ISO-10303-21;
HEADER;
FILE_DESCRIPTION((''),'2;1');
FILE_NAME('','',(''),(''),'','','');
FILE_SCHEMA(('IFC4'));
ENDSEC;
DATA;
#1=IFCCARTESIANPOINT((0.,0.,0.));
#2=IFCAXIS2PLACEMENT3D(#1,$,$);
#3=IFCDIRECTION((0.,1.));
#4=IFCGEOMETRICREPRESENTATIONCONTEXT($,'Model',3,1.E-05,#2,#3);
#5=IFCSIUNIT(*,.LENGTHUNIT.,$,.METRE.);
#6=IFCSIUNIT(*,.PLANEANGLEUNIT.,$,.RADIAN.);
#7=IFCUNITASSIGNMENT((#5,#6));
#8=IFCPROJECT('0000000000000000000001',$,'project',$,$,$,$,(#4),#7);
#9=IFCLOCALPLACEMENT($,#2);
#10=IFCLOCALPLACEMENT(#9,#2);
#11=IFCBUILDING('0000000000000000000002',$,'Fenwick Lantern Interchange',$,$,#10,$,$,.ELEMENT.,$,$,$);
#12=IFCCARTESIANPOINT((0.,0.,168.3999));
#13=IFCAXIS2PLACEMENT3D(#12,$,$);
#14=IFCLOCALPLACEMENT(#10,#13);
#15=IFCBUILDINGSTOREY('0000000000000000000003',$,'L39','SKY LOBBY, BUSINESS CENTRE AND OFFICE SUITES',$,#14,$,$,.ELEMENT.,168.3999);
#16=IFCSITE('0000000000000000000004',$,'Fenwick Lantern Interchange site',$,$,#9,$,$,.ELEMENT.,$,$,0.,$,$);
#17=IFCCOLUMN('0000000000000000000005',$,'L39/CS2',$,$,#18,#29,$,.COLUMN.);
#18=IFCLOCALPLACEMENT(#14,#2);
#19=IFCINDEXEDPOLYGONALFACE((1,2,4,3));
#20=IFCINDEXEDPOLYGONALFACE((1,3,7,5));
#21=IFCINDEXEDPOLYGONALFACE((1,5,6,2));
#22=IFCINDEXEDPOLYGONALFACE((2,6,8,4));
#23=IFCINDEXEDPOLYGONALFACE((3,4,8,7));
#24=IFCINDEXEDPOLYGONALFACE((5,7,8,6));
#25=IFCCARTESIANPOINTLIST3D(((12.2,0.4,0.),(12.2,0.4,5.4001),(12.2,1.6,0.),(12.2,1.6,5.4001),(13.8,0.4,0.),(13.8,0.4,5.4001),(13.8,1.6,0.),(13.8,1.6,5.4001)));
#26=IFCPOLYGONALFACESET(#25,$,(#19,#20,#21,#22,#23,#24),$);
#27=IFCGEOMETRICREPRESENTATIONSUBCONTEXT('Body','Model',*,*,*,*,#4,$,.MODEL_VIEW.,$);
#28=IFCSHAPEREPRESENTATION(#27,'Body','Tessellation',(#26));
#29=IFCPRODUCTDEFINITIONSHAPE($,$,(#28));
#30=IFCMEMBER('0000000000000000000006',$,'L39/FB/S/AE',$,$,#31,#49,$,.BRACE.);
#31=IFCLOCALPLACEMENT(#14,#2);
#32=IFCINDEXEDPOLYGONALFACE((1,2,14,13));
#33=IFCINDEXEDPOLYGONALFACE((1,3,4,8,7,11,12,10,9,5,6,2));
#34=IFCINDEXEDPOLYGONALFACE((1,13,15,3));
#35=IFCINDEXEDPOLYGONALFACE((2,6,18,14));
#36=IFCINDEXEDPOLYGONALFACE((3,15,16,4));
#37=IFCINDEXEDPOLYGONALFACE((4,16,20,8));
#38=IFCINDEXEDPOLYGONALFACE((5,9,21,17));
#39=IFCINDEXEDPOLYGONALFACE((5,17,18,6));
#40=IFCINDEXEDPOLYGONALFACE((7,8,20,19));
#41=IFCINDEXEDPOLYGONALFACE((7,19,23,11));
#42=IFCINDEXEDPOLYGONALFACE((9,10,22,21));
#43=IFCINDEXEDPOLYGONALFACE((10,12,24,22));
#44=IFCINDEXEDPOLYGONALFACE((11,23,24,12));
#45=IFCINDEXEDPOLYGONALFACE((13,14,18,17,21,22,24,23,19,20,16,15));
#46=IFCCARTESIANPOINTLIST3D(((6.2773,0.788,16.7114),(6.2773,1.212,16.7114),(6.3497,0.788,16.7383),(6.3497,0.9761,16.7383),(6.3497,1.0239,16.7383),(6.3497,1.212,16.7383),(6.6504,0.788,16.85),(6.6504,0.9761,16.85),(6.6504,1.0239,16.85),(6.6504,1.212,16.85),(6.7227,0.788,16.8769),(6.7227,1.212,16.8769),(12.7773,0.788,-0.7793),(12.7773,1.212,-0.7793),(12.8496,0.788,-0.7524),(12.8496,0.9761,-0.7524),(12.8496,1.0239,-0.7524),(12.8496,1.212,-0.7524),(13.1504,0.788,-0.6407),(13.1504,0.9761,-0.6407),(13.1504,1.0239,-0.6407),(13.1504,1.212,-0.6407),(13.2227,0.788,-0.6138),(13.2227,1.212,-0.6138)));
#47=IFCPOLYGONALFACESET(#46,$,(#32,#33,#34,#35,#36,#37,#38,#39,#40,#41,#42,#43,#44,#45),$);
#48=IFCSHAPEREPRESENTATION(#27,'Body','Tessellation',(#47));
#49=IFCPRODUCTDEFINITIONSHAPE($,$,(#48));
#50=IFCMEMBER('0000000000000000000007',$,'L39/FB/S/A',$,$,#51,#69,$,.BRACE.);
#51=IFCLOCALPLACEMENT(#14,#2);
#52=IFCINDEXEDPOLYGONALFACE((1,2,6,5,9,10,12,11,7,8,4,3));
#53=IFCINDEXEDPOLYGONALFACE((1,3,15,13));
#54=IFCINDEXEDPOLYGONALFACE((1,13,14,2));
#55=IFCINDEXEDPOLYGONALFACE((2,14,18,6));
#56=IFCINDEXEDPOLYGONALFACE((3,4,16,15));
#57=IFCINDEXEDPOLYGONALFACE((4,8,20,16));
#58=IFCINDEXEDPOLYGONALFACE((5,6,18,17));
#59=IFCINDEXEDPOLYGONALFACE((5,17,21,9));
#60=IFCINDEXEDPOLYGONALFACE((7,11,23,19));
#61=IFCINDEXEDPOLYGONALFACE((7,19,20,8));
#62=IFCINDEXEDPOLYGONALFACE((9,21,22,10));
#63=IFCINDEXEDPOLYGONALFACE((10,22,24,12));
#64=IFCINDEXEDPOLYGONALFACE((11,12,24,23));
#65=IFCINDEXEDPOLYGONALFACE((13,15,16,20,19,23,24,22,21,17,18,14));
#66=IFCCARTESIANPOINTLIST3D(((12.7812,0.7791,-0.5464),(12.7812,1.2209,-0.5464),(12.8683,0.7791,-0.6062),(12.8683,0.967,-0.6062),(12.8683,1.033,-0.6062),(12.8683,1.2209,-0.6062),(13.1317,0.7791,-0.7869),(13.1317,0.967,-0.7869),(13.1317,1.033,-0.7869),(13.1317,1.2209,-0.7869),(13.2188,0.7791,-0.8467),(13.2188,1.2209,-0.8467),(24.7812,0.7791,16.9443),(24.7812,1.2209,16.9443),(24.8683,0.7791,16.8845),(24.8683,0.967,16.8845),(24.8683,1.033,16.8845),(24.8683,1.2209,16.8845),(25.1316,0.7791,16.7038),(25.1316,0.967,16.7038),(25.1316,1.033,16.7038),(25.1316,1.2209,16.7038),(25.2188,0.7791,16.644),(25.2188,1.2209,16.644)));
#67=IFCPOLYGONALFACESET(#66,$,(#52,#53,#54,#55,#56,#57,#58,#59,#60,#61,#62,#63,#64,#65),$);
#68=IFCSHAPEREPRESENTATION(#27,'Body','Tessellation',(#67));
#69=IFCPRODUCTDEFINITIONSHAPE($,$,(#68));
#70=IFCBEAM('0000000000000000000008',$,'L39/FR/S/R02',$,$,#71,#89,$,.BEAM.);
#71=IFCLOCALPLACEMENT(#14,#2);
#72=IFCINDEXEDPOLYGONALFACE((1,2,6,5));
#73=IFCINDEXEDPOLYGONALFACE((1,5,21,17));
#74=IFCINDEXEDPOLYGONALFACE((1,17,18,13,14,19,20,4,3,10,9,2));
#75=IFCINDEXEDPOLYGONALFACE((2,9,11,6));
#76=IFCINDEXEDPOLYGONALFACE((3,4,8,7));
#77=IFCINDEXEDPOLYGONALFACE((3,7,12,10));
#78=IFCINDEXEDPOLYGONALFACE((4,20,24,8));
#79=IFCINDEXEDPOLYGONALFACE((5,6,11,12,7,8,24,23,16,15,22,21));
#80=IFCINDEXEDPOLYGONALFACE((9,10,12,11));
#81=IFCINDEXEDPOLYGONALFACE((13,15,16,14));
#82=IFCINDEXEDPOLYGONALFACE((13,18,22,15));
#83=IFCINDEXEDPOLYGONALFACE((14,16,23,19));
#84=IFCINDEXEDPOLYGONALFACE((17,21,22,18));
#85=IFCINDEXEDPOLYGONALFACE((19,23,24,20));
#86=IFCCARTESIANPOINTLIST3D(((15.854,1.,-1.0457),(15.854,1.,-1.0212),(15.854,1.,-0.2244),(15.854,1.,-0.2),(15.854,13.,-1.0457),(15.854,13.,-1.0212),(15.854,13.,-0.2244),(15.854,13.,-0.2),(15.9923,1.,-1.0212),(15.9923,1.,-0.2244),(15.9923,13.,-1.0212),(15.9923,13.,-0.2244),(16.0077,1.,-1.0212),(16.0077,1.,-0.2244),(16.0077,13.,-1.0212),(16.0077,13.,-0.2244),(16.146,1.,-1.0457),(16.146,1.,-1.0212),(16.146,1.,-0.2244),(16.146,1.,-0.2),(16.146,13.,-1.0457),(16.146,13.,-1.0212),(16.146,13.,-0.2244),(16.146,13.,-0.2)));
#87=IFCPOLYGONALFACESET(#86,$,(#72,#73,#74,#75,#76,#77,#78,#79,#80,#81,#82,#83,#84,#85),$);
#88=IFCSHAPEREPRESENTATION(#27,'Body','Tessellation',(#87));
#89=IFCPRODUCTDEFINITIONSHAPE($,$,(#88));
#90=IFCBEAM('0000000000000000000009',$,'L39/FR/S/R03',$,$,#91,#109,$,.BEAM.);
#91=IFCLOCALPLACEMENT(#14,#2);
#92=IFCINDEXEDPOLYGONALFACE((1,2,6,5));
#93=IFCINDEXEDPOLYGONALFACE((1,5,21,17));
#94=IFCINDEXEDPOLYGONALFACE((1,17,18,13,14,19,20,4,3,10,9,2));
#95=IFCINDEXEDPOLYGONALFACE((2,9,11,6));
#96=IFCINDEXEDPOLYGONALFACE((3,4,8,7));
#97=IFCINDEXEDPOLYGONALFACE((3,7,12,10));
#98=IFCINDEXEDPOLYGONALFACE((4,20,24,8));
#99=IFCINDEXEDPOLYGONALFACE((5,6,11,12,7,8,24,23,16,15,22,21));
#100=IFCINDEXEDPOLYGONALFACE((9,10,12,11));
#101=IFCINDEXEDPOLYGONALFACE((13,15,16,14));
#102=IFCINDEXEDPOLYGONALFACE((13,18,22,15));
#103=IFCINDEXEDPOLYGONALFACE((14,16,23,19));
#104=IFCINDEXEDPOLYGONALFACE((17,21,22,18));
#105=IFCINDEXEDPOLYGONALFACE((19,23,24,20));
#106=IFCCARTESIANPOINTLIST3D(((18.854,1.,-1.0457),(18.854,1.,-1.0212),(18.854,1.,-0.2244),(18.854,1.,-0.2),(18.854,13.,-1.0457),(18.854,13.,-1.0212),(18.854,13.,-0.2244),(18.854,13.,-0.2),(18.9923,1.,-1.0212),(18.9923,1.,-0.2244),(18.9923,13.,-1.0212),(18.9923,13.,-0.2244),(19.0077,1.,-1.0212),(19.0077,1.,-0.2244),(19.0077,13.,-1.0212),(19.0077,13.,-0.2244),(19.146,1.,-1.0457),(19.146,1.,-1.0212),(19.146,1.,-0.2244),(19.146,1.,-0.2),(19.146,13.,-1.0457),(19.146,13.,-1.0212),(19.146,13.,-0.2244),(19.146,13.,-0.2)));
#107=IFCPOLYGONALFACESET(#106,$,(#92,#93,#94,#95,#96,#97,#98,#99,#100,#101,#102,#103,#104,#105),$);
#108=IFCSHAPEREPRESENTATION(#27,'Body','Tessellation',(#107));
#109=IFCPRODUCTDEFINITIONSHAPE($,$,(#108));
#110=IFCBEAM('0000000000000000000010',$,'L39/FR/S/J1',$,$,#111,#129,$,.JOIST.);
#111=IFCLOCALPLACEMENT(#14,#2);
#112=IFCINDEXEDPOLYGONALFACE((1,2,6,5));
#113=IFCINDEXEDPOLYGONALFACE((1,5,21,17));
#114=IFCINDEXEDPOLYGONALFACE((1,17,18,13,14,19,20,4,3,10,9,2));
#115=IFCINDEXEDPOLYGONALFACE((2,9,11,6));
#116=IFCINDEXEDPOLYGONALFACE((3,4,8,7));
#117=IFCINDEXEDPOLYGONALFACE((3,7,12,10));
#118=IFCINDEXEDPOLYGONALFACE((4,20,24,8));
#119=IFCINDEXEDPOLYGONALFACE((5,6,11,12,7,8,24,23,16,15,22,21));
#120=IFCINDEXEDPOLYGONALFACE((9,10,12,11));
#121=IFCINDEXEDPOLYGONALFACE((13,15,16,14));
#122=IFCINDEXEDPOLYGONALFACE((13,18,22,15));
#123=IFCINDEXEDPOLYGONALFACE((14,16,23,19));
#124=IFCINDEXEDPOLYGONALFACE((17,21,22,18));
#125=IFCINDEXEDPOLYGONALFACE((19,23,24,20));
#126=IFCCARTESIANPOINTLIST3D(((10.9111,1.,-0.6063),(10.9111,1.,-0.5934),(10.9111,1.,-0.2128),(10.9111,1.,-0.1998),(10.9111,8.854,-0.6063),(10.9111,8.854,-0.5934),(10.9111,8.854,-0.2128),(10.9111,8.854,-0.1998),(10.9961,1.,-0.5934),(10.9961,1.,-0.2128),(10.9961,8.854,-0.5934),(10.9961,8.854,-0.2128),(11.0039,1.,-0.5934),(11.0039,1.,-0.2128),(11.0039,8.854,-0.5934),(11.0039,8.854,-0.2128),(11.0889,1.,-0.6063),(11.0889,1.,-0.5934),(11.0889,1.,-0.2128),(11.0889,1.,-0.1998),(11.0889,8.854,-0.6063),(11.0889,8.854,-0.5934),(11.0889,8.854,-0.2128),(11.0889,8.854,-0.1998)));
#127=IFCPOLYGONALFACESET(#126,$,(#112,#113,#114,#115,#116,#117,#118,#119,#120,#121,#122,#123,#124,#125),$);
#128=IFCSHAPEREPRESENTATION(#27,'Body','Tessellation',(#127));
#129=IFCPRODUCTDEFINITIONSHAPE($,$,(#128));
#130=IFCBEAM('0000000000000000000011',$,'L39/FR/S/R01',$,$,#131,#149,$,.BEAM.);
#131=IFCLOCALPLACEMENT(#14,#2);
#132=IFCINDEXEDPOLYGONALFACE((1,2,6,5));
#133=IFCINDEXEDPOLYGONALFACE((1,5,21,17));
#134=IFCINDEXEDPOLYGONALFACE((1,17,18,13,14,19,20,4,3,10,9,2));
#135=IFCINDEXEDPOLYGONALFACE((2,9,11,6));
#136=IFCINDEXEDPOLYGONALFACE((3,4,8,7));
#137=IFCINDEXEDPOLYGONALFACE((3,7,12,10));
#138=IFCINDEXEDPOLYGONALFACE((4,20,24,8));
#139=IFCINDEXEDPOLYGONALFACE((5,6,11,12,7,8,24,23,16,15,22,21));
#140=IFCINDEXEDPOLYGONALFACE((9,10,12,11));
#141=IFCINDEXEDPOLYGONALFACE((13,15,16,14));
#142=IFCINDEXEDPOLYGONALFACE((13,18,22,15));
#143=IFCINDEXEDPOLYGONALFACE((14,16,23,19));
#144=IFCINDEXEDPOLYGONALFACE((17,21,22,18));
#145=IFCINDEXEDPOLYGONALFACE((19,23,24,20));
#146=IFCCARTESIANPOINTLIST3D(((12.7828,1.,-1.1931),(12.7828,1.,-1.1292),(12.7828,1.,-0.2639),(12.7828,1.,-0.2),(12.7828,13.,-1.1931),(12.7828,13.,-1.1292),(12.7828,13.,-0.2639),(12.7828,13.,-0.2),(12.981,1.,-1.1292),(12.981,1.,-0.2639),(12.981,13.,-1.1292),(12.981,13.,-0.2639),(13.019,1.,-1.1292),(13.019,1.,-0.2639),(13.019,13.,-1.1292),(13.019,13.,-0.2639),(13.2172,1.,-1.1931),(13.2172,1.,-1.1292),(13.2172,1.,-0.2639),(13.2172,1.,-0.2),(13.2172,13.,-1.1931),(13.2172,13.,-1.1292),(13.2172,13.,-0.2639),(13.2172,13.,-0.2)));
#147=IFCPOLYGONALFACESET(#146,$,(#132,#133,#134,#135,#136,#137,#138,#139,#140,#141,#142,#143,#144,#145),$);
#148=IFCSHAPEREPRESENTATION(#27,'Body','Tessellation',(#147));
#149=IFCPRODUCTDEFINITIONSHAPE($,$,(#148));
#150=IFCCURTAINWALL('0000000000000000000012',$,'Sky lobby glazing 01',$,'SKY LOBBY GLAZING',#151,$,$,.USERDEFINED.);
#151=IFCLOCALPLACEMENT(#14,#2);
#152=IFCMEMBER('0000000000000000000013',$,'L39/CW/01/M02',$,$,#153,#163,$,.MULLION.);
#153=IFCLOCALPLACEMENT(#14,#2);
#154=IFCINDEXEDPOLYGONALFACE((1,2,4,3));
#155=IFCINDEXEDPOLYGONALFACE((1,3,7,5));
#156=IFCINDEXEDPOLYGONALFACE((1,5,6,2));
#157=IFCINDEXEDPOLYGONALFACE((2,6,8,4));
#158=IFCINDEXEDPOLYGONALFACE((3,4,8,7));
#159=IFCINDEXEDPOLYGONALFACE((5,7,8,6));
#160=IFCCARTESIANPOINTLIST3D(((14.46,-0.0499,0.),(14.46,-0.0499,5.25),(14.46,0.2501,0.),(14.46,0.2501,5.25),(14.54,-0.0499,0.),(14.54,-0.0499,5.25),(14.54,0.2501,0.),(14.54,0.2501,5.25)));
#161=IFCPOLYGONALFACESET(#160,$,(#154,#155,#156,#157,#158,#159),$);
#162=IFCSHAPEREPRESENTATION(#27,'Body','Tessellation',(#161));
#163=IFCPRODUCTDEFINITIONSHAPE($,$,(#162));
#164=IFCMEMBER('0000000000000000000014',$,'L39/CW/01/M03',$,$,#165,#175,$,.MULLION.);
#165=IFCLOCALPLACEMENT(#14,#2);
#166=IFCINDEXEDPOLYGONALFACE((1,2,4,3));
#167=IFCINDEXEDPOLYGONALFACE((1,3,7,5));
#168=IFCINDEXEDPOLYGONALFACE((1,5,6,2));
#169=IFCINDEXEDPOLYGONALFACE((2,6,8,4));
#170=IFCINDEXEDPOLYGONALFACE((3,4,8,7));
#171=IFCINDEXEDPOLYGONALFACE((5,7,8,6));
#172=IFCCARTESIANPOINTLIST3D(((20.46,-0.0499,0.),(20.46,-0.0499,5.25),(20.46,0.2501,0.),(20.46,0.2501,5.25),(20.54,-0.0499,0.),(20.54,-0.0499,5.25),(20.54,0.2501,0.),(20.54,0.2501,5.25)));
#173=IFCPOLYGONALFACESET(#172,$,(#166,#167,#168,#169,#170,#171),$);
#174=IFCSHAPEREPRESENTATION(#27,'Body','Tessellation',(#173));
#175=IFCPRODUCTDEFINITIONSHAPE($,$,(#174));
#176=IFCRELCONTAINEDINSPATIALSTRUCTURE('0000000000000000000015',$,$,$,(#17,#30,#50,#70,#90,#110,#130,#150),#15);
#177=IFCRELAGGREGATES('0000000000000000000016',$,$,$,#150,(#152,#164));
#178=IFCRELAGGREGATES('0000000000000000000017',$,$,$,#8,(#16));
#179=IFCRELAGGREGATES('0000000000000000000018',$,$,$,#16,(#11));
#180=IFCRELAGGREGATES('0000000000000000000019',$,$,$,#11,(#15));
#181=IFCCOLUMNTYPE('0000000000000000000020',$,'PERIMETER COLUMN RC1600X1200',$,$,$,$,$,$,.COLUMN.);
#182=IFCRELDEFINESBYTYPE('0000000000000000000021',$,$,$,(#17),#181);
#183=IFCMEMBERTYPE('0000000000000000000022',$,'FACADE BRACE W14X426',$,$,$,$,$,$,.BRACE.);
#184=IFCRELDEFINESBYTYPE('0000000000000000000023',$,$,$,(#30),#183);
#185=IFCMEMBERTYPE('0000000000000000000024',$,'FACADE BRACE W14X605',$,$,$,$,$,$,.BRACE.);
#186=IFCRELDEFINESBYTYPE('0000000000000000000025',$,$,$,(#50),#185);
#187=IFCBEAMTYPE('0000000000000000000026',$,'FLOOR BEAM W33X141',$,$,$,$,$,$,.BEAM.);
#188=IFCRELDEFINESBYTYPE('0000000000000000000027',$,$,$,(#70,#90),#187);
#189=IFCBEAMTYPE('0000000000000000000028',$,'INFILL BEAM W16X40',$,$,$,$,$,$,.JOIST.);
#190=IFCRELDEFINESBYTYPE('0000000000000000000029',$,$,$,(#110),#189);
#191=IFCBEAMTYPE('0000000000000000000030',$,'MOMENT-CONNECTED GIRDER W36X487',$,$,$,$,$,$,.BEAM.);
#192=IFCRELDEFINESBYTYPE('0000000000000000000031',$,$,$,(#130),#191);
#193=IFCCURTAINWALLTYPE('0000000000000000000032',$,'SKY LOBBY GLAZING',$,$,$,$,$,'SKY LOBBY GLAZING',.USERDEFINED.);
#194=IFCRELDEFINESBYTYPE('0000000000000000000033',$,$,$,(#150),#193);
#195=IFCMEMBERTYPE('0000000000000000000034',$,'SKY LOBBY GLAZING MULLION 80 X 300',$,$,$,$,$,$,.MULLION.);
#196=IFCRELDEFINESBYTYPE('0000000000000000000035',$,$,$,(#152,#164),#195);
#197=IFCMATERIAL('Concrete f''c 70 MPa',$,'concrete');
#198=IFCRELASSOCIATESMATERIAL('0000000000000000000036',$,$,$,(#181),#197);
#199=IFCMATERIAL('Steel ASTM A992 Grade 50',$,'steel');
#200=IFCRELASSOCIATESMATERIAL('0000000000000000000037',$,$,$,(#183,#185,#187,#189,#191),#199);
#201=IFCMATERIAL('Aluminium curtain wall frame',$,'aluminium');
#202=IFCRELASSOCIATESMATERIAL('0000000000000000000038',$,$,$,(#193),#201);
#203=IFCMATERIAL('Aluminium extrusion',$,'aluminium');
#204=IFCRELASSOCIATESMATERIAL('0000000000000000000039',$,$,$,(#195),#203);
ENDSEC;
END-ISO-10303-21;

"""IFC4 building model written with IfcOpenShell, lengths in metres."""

from ifc_helpers import new_model, si_unit, direction, frame, origin, origin_2d, place, context, subcontext, project, spatial, rectangle, i_section, extrude, material, material_profile, profile_set, type_object, element, aggregate, save


model = new_model("IFC4")

# Units and contexts
model_context = context("Model", 3, precision=1e-05, world=origin(), true_north=direction((0.0, 1.0)))
body_context = subcontext(model_context, "Body", "Model", "MODEL_VIEW")
ifc_project = project(units=[si_unit("LENGTHUNIT", "METRE"), si_unit("PLANEANGLEUNIT", "RADIAN")], contexts=[model_context])

# Site, building, storey
site_placement = place(None, origin())
site = spatial("IfcSite", under=ifc_project, at=site_placement, Name="Fenwick Lantern Interchange site", CompositionType="ELEMENT", RefElevation=0.0)
building_placement = place(site_placement, origin())
building = spatial("IfcBuilding", under=site, at=building_placement, Name="Fenwick Lantern Interchange", CompositionType="ELEMENT")
storey_placement = place(building_placement, frame((0.0, 0.0, 168.3999)))
storey = spatial("IfcBuildingStorey", under=building, at=storey_placement, Name="L39", Description="SKY LOBBY, BUSINESS CENTRE AND OFFICE SUITES", CompositionType="ELEMENT", Elevation=168.3999)

# Column
ifc_material_1 = material(Name="Concrete f'c 70 MPa", Category="concrete")
ifc_material_profile_1 = material_profile(ifc_material_1, rectangle(XDim=1.6001, YDim=1.2, at=origin_2d()), Name="RC1600X1200")
ifc_profile_set_1 = profile_set([ifc_material_profile_1], Name="Concrete f'c 70 MPa")
column_type = type_object("IfcColumnType", Name="PERIMETER COLUMN RC1600X1200", PredefinedType="COLUMN", material=ifc_profile_set_1)
column_placement = place(storey_placement, frame((13.0, 1.0, 0.0), z_axis=(0.0, 0.0, 1.0), x_axis=(1.0, 0.0, 0.0)))
element("IfcColumn", 1, at=column_placement, inside=storey, type_object=column_type, Name="L39/CS2", PredefinedType="COLUMN", context=body_context, shape_type="SweptSolid", body=[
    extrude(rectangle(XDim=1.6001, YDim=1.2, at=origin_2d()), origin(), (0.0, 0.0, 1.0), 5.4001),
])

# Members
ifc_material_2 = material(Name="Steel ASTM A992 Grade 50", Category="steel")
ifc_material_profile_2 = material_profile(ifc_material_2, i_section(OverallWidth=0.4241, OverallDepth=0.4751, WebThickness=0.0479, FlangeThickness=0.0771, at=origin_2d()), Name="W14X426")
ifc_profile_set_2 = profile_set([ifc_material_profile_2], Name="Steel ASTM A992 Grade 50")
member_type_1 = type_object("IfcMemberType", Name="FACADE BRACE W14X426", PredefinedType="BRACE", material=ifc_profile_set_2)
member_1_placement = place(storey_placement, frame((13.0, 1.0, -0.6965), z_axis=(-0.348349, 0.0, 0.937365), x_axis=(0.0, -1.0, 0.0)))
element("IfcMember", 2, at=member_1_placement, inside=storey, type_object=member_type_1, Name="L39/FB/S/AE", PredefinedType="BRACE", context=body_context, shape_type="SweptSolid", body=[
    extrude(i_section(OverallWidth=0.4241, OverallDepth=0.4751, WebThickness=0.0479, FlangeThickness=0.0771, at=origin_2d()), origin(), (0.0, 0.0, 1.0), 18.6594),
])
ifc_material_profile_3 = material_profile(ifc_material_2, i_section(OverallWidth=0.4419, OverallDepth=0.5308, WebThickness=0.0659, FlangeThickness=0.1057, at=origin_2d()), Name="W14X605")
ifc_profile_set_3 = profile_set([ifc_material_profile_3], Name="Steel ASTM A992 Grade 50")
member_type_2 = type_object("IfcMemberType", Name="FACADE BRACE W14X605", PredefinedType="BRACE", material=ifc_profile_set_3)
member_2_placement = place(storey_placement, frame((13.0, 1.0, -0.6965), z_axis=(0.565732, 0.0, 0.824589), x_axis=(0.0, 1.0, 0.0)))
element("IfcMember", 3, at=member_2_placement, inside=storey, type_object=member_type_2, Name="L39/FB/S/A", PredefinedType="BRACE", context=body_context, shape_type="SweptSolid", body=[
    extrude(i_section(OverallWidth=0.4419, OverallDepth=0.5308, WebThickness=0.0659, FlangeThickness=0.1057, at=origin_2d()), origin(), (0.0, 0.0, 1.0), 21.2114),
])

# Beams
ifc_material_profile_4 = material_profile(ifc_material_2, i_section(OverallWidth=0.292, OverallDepth=0.8457, WebThickness=0.0154, FlangeThickness=0.0244, at=origin_2d()), Name="W33X141")
ifc_profile_set_4 = profile_set([ifc_material_profile_4], Name="Steel ASTM A992 Grade 50")
beam_type_1 = type_object("IfcBeamType", Name="FLOOR BEAM W33X141", PredefinedType="BEAM", material=ifc_profile_set_4)
for number, where, z_axis, x_axis, name in (
    (4, (16.0, 1.0, -0.6228), (0.0, 1.0, 0.0), (-1.0, 0.0, 0.0), "L39/FR/S/R02"),
    (5, (19.0, 1.0, -0.6228), (0.0, 1.0, 0.0), (-1.0, 0.0, 0.0), "L39/FR/S/R03"),
):
    element("IfcBeam", number, at=place(storey_placement, frame(where, z_axis=z_axis, x_axis=x_axis)), inside=storey, type_object=beam_type_1, Name=name, PredefinedType="BEAM", context=body_context, shape_type="SweptSolid", body=[
        extrude(i_section(OverallWidth=0.292, OverallDepth=0.8457, WebThickness=0.0154, FlangeThickness=0.0244, at=origin_2d()), origin(), (0.0, 0.0, 1.0), 12.0),
    ])
ifc_material_profile_5 = material_profile(ifc_material_2, i_section(OverallWidth=0.1777, OverallDepth=0.4065, WebThickness=0.0078, FlangeThickness=0.0129, at=origin_2d()), Name="W16X40")
ifc_profile_set_5 = profile_set([ifc_material_profile_5], Name="Steel ASTM A992 Grade 50")
beam_type_2 = type_object("IfcBeamType", Name="INFILL BEAM W16X40", PredefinedType="JOIST", material=ifc_profile_set_5)
beam_1_placement = place(storey_placement, frame((11.0, 1.0, -0.4031), z_axis=(0.0, 1.0, 0.0), x_axis=(-1.0, 0.0, 0.0)))
element("IfcBeam", 6, at=beam_1_placement, inside=storey, type_object=beam_type_2, Name="L39/FR/S/J1", PredefinedType="JOIST", context=body_context, shape_type="SweptSolid", body=[
    extrude(i_section(OverallWidth=0.1777, OverallDepth=0.4065, WebThickness=0.0078, FlangeThickness=0.0129, at=origin_2d()), origin(), (0.0, 0.0, 1.0), 7.854),
])
ifc_material_profile_6 = material_profile(ifc_material_2, i_section(OverallWidth=0.4343, OverallDepth=0.9932, WebThickness=0.0381, FlangeThickness=0.064, at=origin_2d()), Name="W36X487")
ifc_profile_set_6 = profile_set([ifc_material_profile_6], Name="Steel ASTM A992 Grade 50")
beam_type_3 = type_object("IfcBeamType", Name="MOMENT-CONNECTED GIRDER W36X487", PredefinedType="BEAM", material=ifc_profile_set_6)
beam_2_placement = place(storey_placement, frame((13.0, 1.0, -0.6965), z_axis=(0.0, 1.0, 0.0), x_axis=(-1.0, 0.0, 0.0)))
element("IfcBeam", 7, at=beam_2_placement, inside=storey, type_object=beam_type_3, Name="L39/FR/S/R01", PredefinedType="BEAM", context=body_context, shape_type="SweptSolid", body=[
    extrude(i_section(OverallWidth=0.4343, OverallDepth=0.9932, WebThickness=0.0381, FlangeThickness=0.064, at=origin_2d()), origin(), (0.0, 0.0, 1.0), 12.0),
])

# Curtain wall, members
ifc_material_3 = material(Name="Aluminium curtain wall frame", Category="aluminium")
curtain_wall_type = type_object("IfcCurtainWallType", Name="SKY LOBBY GLAZING", ElementType="SKY LOBBY GLAZING", PredefinedType="USERDEFINED", material=ifc_material_3)
curtain_wall_placement = place(storey_placement, origin())
curtain_wall = element("IfcCurtainWall", 8, at=curtain_wall_placement, inside=storey, type_object=curtain_wall_type, Name="Sky lobby glazing 01", ObjectType="SKY LOBBY GLAZING", PredefinedType="USERDEFINED")
ifc_material_4 = material(Name="Aluminium extrusion", Category="aluminium")
ifc_material_profile_7 = material_profile(ifc_material_4, rectangle(XDim=0.3, YDim=0.0801, at=origin_2d()), Name="SKY LOBBY GLAZING MULLION 80 X 300")
ifc_profile_set_7 = profile_set([ifc_material_profile_7], Name="Aluminium extrusion")
member_type_3 = type_object("IfcMemberType", Name="SKY LOBBY GLAZING MULLION 80 X 300", PredefinedType="MULLION", material=ifc_profile_set_7)
member_3_placement = place(storey_placement, frame((14.5, 0.1001, 0.0), z_axis=(0.0, 0.0, 1.0), x_axis=(0.0, 1.0, 0.0)))
member_3 = element("IfcMember", 9, at=member_3_placement, type_object=member_type_3, Name="L39/CW/01/M02", PredefinedType="MULLION", context=body_context, shape_type="SweptSolid", body=[
    extrude(rectangle(XDim=0.3, YDim=0.0801, at=origin_2d()), origin(), (0.0, 0.0, 1.0), 5.25),
])
member_4_placement = place(storey_placement, frame((20.5, 0.1001, 0.0), z_axis=(0.0, 0.0, 1.0), x_axis=(0.0, 1.0, 0.0)))
member_4 = element("IfcMember", 10, at=member_4_placement, type_object=member_type_3, Name="L39/CW/01/M03", PredefinedType="MULLION", context=body_context, shape_type="SweptSolid", body=[
    extrude(rectangle(XDim=0.3, YDim=0.0801, at=origin_2d()), origin(), (0.0, 0.0, 1.0), 5.25),
])
aggregate(curtain_wall, [member_3, member_4])

save(model, "model.ifc")
